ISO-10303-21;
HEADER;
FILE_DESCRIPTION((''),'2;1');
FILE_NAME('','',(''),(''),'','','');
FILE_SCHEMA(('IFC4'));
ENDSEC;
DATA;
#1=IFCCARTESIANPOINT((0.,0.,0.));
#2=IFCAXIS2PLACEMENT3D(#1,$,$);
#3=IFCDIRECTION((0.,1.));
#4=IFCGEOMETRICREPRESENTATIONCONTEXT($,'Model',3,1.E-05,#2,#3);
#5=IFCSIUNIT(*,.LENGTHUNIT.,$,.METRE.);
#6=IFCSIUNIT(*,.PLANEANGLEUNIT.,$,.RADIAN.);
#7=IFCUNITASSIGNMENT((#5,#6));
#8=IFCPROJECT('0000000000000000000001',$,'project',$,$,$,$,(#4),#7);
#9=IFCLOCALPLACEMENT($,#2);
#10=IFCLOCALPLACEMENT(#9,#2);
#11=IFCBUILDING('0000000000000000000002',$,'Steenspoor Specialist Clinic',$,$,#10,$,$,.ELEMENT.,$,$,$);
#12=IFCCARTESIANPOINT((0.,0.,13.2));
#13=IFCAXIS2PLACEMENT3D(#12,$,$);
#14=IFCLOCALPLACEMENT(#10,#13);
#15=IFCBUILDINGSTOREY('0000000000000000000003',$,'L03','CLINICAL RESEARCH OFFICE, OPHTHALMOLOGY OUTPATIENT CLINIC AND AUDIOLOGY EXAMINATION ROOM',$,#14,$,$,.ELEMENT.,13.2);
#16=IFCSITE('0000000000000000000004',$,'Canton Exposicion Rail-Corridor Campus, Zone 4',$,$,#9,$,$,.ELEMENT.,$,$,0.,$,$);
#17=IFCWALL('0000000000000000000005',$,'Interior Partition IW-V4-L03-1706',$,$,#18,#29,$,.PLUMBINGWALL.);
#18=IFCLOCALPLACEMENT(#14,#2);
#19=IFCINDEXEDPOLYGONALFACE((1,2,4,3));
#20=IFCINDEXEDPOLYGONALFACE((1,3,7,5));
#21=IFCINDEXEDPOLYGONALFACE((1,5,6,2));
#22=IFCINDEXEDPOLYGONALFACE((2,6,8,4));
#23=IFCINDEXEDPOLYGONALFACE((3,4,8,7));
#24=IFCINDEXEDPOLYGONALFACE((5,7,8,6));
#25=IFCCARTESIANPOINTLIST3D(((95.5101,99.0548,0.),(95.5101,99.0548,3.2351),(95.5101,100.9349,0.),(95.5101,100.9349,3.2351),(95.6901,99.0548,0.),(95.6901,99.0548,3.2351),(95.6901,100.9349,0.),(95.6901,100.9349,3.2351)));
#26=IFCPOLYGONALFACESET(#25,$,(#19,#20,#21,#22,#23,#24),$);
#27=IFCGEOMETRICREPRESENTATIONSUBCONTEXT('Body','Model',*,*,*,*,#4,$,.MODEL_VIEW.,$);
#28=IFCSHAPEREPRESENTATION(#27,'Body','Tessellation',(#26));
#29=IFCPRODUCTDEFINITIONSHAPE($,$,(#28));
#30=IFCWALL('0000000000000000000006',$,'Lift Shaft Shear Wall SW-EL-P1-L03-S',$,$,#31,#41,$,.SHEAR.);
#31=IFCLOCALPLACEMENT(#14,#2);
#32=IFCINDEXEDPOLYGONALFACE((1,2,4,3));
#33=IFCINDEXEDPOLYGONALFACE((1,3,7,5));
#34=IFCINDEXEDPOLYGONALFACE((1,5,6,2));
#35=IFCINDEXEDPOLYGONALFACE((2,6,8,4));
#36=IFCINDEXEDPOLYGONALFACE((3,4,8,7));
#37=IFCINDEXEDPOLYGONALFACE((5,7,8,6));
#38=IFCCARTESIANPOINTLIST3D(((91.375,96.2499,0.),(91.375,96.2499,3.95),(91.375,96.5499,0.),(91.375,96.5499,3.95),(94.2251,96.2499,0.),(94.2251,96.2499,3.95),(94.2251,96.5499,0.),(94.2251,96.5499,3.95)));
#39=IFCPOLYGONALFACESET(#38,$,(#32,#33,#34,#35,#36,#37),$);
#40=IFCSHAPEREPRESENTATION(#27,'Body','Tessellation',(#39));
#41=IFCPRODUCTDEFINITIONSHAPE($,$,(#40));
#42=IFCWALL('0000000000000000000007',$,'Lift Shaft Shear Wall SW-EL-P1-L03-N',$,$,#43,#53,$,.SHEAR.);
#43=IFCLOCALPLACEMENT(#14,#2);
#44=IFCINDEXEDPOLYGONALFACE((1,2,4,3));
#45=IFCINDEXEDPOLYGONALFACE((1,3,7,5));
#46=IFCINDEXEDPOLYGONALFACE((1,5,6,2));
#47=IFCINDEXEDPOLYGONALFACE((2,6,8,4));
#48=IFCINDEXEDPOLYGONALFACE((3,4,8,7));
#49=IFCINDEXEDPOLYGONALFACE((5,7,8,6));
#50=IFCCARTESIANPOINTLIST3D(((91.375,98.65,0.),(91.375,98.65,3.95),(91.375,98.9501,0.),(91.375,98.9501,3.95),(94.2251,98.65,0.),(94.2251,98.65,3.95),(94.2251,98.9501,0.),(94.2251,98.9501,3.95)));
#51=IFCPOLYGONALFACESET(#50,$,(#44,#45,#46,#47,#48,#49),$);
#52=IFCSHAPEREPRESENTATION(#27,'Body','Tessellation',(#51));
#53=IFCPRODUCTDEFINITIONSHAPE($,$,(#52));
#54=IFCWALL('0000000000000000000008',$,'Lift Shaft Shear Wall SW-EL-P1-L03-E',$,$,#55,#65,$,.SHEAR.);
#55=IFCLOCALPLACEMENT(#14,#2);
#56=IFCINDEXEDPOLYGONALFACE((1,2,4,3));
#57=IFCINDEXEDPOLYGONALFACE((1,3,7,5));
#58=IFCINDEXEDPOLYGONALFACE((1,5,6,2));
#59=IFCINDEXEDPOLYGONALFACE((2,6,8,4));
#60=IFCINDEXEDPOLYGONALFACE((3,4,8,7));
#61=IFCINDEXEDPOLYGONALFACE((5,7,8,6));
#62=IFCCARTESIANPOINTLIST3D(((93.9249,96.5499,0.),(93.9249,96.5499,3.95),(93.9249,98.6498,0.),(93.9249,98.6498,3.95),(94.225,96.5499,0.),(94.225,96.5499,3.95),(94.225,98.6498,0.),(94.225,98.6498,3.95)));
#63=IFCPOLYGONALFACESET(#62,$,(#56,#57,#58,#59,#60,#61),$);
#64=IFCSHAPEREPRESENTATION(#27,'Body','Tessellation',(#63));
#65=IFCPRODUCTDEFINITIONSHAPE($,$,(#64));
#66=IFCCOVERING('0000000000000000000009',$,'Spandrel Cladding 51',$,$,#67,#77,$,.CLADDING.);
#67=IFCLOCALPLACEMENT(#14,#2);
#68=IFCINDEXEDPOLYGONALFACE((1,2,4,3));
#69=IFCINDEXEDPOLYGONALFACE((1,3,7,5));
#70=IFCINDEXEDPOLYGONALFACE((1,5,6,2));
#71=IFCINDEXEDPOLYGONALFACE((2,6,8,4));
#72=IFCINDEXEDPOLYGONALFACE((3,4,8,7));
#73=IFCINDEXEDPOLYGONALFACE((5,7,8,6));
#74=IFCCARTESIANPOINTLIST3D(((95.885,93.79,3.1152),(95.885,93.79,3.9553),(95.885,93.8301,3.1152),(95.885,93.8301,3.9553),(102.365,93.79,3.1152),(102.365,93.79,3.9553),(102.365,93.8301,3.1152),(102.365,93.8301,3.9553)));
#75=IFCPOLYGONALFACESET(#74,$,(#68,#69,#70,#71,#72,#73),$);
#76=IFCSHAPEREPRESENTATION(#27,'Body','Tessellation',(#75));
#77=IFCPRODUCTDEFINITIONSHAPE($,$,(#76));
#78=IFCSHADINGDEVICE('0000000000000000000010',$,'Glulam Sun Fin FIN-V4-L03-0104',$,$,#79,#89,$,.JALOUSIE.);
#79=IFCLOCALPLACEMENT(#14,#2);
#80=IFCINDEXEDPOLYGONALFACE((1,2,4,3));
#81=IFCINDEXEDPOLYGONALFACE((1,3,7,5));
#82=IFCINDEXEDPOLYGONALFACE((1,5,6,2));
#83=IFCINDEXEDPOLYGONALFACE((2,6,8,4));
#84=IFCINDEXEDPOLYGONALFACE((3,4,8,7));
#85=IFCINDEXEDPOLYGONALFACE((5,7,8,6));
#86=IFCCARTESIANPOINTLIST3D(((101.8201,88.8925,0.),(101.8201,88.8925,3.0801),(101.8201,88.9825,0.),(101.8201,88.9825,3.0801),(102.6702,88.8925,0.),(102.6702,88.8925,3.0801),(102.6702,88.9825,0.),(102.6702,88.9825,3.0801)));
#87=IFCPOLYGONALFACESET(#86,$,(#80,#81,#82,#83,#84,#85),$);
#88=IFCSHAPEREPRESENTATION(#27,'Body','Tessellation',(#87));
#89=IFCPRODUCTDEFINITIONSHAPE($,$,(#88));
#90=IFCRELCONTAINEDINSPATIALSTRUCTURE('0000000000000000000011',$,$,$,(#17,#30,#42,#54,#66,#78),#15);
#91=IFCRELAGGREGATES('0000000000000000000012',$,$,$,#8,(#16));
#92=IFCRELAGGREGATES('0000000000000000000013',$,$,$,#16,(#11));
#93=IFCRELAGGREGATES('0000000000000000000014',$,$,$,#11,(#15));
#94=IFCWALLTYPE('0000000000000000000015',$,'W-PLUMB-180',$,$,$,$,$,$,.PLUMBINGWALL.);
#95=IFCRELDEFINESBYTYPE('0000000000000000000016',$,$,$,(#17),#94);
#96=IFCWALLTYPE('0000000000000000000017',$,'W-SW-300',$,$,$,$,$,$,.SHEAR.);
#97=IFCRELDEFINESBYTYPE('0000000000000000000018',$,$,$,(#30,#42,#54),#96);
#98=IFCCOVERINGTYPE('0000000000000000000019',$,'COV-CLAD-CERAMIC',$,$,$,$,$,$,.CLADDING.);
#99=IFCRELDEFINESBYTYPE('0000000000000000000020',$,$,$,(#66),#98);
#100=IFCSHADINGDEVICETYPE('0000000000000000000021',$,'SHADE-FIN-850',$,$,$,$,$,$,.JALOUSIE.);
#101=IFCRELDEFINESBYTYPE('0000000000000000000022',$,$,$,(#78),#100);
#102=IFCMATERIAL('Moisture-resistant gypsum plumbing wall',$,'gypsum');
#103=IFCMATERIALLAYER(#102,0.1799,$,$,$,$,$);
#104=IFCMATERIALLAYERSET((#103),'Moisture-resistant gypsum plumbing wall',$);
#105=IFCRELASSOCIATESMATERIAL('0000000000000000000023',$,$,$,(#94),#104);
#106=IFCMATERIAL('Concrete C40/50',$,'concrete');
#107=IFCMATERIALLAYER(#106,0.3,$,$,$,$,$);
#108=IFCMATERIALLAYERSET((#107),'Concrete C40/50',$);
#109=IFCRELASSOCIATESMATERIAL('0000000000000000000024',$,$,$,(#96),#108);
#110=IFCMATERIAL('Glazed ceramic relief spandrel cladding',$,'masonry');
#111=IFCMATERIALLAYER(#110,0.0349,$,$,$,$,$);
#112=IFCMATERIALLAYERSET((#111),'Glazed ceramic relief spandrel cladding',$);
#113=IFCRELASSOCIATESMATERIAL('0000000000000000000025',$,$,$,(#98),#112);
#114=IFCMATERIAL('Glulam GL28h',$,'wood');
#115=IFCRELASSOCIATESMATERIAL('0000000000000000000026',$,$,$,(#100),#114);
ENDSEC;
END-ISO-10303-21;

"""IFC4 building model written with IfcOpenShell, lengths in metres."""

from ifc_helpers import new_model, si_unit, direction, frame, frame_2d, origin, origin_2d, place, context, subcontext, project, spatial, rectangle, extrude, material, layer, layer_set, material_profile, profile_set, type_object, element, save


model = new_model("IFC4")

# Units and contexts
model_context = context("Model", 3, precision=1e-05, world=origin(), true_north=direction((0.0, 1.0)))
body_context = subcontext(model_context, "Body", "Model", "MODEL_VIEW")
ifc_project = project(units=[si_unit("LENGTHUNIT", "METRE"), si_unit("PLANEANGLEUNIT", "RADIAN")], contexts=[model_context])

# Site, building, storey
site_placement = place(None, origin())
site = spatial("IfcSite", under=ifc_project, at=site_placement, Name="Canton Exposicion Rail-Corridor Campus, Zone 4", CompositionType="ELEMENT", RefElevation=0.0)
building_placement = place(site_placement, origin())
building = spatial("IfcBuilding", under=site, at=building_placement, Name="Steenspoor Specialist Clinic", CompositionType="ELEMENT")
storey_placement = place(building_placement, frame((0.0, 0.0, 13.2)))
storey = spatial("IfcBuildingStorey", under=building, at=storey_placement, Name="L03", Description="CLINICAL RESEARCH OFFICE, OPHTHALMOLOGY OUTPATIENT CLINIC AND AUDIOLOGY EXAMINATION ROOM", CompositionType="ELEMENT", Elevation=13.2)

# Shared definitions
ifc_material_1 = material(Name="Concrete C40/50", Category="concrete")

# Shared definitions
ifc_material_2 = material(Name="Moisture-resistant gypsum plumbing wall", Category="gypsum")
ifc_layer_1 = layer(ifc_material_2, 0.1799)
ifc_layer_set_1 = layer_set([ifc_layer_1], Name="Moisture-resistant gypsum plumbing wall")
wall_type_1 = type_object("IfcWallType", Name="W-PLUMB-180", PredefinedType="PLUMBINGWALL", material=ifc_layer_set_1)

# Walls
wall_1_placement = place(storey_placement, frame((95.6001, 99.0549, 0.0), z_axis=(0.0, 0.0, 1.0), x_axis=(0.0, 1.0, 0.0)))
element("IfcWall", 1, at=wall_1_placement, inside=storey, type_object=wall_type_1, Name="Interior Partition IW-V4-L03-1706", PredefinedType="PLUMBINGWALL", context=body_context, shape_type="SweptSolid", body=[
    extrude(rectangle(XDim=1.8801, YDim=0.1799, at=frame_2d((0.9399, 0.0))), origin(), (0.0, 0.0, 1.0), 3.2351),
])
ifc_layer_2 = layer(ifc_material_1, 0.3)
ifc_layer_set_2 = layer_set([ifc_layer_2], Name="Concrete C40/50")
wall_type_2 = type_object("IfcWallType", Name="W-SW-300", PredefinedType="SHEAR", material=ifc_layer_set_2)
for number, where, z_axis, x_axis, name in (
    (2, (91.375, 96.3999, 0.0), (0.0, 0.0, 1.0), (1.0, 0.0, 0.0), "Lift Shaft Shear Wall SW-EL-P1-L03-S"),
    (3, (91.375, 98.8, 0.0), (0.0, 0.0, 1.0), (1.0, 0.0, 0.0), "Lift Shaft Shear Wall SW-EL-P1-L03-N"),
):
    element("IfcWall", number, at=place(storey_placement, frame(where, z_axis=z_axis, x_axis=x_axis)), inside=storey, type_object=wall_type_2, Name=name, PredefinedType="SHEAR", context=body_context, shape_type="SweptSolid", body=[
        extrude(rectangle(XDim=2.8501, YDim=0.3, at=frame_2d((1.425, 0.0))), origin(), (0.0, 0.0, 1.0), 3.95),
    ])

# Wall
wall_2_placement = place(storey_placement, frame((94.075, 96.55, 0.0), z_axis=(0.0, 0.0, 1.0), x_axis=(0.0, 1.0, 0.0)))
element("IfcWall", 4, at=wall_2_placement, inside=storey, type_object=wall_type_2, Name="Lift Shaft Shear Wall SW-EL-P1-L03-E", PredefinedType="SHEAR", context=body_context, shape_type="SweptSolid", body=[
    extrude(rectangle(XDim=2.0999, YDim=0.3, at=frame_2d((1.0498, 0.0))), origin(), (0.0, 0.0, 1.0), 3.95),
])

# Covering
ifc_material_3 = material(Name="Glazed ceramic relief spandrel cladding", Category="masonry")
ifc_layer_3 = layer(ifc_material_3, 0.0349)
ifc_layer_set_3 = layer_set([ifc_layer_3], Name="Glazed ceramic relief spandrel cladding")
covering_type = type_object("IfcCoveringType", Name="COV-CLAD-CERAMIC", PredefinedType="CLADDING", material=ifc_layer_set_3)
covering_placement = place(storey_placement, frame((99.125, 93.8101, 3.1152), z_axis=(0.0, 0.0, 1.0), x_axis=(-1.0, 0.0, 0.0)))
element("IfcCovering", 5, at=covering_placement, inside=storey, type_object=covering_type, Name="Spandrel Cladding 51", PredefinedType="CLADDING", context=body_context, shape_type="SweptSolid", body=[
    extrude(rectangle(XDim=6.48, YDim=0.04, at=origin_2d()), origin(), (0.0, 0.0, 1.0), 0.8401),
])

# Shading device
ifc_material_4 = material(Name="Glulam GL28h", Category="wood")
ifc_material_profile_1 = material_profile(ifc_material_4, rectangle(XDim=0.0901, YDim=0.8501, at=origin_2d()), Name="GL28H-90X850")
ifc_profile_set_1 = profile_set([ifc_material_profile_1], Name="Glulam GL28h")
shading_device_type = type_object("IfcShadingDeviceType", Name="SHADE-FIN-850", PredefinedType="JALOUSIE", material=ifc_profile_set_1)
shading_device_placement = place(storey_placement, frame((102.2451, 88.9375, 0.0), z_axis=(0.0, 0.0, 1.0), x_axis=(0.0, 1.0, 0.0)))
element("IfcShadingDevice", 6, at=shading_device_placement, inside=storey, type_object=shading_device_type, Name="Glulam Sun Fin FIN-V4-L03-0104", PredefinedType="JALOUSIE", context=body_context, shape_type="SweptSolid", body=[
    extrude(rectangle(XDim=0.0901, YDim=0.8501, at=origin_2d()), origin(), (0.0, 0.0, 1.0), 3.0801),
])

save(model, "model.ifc")
